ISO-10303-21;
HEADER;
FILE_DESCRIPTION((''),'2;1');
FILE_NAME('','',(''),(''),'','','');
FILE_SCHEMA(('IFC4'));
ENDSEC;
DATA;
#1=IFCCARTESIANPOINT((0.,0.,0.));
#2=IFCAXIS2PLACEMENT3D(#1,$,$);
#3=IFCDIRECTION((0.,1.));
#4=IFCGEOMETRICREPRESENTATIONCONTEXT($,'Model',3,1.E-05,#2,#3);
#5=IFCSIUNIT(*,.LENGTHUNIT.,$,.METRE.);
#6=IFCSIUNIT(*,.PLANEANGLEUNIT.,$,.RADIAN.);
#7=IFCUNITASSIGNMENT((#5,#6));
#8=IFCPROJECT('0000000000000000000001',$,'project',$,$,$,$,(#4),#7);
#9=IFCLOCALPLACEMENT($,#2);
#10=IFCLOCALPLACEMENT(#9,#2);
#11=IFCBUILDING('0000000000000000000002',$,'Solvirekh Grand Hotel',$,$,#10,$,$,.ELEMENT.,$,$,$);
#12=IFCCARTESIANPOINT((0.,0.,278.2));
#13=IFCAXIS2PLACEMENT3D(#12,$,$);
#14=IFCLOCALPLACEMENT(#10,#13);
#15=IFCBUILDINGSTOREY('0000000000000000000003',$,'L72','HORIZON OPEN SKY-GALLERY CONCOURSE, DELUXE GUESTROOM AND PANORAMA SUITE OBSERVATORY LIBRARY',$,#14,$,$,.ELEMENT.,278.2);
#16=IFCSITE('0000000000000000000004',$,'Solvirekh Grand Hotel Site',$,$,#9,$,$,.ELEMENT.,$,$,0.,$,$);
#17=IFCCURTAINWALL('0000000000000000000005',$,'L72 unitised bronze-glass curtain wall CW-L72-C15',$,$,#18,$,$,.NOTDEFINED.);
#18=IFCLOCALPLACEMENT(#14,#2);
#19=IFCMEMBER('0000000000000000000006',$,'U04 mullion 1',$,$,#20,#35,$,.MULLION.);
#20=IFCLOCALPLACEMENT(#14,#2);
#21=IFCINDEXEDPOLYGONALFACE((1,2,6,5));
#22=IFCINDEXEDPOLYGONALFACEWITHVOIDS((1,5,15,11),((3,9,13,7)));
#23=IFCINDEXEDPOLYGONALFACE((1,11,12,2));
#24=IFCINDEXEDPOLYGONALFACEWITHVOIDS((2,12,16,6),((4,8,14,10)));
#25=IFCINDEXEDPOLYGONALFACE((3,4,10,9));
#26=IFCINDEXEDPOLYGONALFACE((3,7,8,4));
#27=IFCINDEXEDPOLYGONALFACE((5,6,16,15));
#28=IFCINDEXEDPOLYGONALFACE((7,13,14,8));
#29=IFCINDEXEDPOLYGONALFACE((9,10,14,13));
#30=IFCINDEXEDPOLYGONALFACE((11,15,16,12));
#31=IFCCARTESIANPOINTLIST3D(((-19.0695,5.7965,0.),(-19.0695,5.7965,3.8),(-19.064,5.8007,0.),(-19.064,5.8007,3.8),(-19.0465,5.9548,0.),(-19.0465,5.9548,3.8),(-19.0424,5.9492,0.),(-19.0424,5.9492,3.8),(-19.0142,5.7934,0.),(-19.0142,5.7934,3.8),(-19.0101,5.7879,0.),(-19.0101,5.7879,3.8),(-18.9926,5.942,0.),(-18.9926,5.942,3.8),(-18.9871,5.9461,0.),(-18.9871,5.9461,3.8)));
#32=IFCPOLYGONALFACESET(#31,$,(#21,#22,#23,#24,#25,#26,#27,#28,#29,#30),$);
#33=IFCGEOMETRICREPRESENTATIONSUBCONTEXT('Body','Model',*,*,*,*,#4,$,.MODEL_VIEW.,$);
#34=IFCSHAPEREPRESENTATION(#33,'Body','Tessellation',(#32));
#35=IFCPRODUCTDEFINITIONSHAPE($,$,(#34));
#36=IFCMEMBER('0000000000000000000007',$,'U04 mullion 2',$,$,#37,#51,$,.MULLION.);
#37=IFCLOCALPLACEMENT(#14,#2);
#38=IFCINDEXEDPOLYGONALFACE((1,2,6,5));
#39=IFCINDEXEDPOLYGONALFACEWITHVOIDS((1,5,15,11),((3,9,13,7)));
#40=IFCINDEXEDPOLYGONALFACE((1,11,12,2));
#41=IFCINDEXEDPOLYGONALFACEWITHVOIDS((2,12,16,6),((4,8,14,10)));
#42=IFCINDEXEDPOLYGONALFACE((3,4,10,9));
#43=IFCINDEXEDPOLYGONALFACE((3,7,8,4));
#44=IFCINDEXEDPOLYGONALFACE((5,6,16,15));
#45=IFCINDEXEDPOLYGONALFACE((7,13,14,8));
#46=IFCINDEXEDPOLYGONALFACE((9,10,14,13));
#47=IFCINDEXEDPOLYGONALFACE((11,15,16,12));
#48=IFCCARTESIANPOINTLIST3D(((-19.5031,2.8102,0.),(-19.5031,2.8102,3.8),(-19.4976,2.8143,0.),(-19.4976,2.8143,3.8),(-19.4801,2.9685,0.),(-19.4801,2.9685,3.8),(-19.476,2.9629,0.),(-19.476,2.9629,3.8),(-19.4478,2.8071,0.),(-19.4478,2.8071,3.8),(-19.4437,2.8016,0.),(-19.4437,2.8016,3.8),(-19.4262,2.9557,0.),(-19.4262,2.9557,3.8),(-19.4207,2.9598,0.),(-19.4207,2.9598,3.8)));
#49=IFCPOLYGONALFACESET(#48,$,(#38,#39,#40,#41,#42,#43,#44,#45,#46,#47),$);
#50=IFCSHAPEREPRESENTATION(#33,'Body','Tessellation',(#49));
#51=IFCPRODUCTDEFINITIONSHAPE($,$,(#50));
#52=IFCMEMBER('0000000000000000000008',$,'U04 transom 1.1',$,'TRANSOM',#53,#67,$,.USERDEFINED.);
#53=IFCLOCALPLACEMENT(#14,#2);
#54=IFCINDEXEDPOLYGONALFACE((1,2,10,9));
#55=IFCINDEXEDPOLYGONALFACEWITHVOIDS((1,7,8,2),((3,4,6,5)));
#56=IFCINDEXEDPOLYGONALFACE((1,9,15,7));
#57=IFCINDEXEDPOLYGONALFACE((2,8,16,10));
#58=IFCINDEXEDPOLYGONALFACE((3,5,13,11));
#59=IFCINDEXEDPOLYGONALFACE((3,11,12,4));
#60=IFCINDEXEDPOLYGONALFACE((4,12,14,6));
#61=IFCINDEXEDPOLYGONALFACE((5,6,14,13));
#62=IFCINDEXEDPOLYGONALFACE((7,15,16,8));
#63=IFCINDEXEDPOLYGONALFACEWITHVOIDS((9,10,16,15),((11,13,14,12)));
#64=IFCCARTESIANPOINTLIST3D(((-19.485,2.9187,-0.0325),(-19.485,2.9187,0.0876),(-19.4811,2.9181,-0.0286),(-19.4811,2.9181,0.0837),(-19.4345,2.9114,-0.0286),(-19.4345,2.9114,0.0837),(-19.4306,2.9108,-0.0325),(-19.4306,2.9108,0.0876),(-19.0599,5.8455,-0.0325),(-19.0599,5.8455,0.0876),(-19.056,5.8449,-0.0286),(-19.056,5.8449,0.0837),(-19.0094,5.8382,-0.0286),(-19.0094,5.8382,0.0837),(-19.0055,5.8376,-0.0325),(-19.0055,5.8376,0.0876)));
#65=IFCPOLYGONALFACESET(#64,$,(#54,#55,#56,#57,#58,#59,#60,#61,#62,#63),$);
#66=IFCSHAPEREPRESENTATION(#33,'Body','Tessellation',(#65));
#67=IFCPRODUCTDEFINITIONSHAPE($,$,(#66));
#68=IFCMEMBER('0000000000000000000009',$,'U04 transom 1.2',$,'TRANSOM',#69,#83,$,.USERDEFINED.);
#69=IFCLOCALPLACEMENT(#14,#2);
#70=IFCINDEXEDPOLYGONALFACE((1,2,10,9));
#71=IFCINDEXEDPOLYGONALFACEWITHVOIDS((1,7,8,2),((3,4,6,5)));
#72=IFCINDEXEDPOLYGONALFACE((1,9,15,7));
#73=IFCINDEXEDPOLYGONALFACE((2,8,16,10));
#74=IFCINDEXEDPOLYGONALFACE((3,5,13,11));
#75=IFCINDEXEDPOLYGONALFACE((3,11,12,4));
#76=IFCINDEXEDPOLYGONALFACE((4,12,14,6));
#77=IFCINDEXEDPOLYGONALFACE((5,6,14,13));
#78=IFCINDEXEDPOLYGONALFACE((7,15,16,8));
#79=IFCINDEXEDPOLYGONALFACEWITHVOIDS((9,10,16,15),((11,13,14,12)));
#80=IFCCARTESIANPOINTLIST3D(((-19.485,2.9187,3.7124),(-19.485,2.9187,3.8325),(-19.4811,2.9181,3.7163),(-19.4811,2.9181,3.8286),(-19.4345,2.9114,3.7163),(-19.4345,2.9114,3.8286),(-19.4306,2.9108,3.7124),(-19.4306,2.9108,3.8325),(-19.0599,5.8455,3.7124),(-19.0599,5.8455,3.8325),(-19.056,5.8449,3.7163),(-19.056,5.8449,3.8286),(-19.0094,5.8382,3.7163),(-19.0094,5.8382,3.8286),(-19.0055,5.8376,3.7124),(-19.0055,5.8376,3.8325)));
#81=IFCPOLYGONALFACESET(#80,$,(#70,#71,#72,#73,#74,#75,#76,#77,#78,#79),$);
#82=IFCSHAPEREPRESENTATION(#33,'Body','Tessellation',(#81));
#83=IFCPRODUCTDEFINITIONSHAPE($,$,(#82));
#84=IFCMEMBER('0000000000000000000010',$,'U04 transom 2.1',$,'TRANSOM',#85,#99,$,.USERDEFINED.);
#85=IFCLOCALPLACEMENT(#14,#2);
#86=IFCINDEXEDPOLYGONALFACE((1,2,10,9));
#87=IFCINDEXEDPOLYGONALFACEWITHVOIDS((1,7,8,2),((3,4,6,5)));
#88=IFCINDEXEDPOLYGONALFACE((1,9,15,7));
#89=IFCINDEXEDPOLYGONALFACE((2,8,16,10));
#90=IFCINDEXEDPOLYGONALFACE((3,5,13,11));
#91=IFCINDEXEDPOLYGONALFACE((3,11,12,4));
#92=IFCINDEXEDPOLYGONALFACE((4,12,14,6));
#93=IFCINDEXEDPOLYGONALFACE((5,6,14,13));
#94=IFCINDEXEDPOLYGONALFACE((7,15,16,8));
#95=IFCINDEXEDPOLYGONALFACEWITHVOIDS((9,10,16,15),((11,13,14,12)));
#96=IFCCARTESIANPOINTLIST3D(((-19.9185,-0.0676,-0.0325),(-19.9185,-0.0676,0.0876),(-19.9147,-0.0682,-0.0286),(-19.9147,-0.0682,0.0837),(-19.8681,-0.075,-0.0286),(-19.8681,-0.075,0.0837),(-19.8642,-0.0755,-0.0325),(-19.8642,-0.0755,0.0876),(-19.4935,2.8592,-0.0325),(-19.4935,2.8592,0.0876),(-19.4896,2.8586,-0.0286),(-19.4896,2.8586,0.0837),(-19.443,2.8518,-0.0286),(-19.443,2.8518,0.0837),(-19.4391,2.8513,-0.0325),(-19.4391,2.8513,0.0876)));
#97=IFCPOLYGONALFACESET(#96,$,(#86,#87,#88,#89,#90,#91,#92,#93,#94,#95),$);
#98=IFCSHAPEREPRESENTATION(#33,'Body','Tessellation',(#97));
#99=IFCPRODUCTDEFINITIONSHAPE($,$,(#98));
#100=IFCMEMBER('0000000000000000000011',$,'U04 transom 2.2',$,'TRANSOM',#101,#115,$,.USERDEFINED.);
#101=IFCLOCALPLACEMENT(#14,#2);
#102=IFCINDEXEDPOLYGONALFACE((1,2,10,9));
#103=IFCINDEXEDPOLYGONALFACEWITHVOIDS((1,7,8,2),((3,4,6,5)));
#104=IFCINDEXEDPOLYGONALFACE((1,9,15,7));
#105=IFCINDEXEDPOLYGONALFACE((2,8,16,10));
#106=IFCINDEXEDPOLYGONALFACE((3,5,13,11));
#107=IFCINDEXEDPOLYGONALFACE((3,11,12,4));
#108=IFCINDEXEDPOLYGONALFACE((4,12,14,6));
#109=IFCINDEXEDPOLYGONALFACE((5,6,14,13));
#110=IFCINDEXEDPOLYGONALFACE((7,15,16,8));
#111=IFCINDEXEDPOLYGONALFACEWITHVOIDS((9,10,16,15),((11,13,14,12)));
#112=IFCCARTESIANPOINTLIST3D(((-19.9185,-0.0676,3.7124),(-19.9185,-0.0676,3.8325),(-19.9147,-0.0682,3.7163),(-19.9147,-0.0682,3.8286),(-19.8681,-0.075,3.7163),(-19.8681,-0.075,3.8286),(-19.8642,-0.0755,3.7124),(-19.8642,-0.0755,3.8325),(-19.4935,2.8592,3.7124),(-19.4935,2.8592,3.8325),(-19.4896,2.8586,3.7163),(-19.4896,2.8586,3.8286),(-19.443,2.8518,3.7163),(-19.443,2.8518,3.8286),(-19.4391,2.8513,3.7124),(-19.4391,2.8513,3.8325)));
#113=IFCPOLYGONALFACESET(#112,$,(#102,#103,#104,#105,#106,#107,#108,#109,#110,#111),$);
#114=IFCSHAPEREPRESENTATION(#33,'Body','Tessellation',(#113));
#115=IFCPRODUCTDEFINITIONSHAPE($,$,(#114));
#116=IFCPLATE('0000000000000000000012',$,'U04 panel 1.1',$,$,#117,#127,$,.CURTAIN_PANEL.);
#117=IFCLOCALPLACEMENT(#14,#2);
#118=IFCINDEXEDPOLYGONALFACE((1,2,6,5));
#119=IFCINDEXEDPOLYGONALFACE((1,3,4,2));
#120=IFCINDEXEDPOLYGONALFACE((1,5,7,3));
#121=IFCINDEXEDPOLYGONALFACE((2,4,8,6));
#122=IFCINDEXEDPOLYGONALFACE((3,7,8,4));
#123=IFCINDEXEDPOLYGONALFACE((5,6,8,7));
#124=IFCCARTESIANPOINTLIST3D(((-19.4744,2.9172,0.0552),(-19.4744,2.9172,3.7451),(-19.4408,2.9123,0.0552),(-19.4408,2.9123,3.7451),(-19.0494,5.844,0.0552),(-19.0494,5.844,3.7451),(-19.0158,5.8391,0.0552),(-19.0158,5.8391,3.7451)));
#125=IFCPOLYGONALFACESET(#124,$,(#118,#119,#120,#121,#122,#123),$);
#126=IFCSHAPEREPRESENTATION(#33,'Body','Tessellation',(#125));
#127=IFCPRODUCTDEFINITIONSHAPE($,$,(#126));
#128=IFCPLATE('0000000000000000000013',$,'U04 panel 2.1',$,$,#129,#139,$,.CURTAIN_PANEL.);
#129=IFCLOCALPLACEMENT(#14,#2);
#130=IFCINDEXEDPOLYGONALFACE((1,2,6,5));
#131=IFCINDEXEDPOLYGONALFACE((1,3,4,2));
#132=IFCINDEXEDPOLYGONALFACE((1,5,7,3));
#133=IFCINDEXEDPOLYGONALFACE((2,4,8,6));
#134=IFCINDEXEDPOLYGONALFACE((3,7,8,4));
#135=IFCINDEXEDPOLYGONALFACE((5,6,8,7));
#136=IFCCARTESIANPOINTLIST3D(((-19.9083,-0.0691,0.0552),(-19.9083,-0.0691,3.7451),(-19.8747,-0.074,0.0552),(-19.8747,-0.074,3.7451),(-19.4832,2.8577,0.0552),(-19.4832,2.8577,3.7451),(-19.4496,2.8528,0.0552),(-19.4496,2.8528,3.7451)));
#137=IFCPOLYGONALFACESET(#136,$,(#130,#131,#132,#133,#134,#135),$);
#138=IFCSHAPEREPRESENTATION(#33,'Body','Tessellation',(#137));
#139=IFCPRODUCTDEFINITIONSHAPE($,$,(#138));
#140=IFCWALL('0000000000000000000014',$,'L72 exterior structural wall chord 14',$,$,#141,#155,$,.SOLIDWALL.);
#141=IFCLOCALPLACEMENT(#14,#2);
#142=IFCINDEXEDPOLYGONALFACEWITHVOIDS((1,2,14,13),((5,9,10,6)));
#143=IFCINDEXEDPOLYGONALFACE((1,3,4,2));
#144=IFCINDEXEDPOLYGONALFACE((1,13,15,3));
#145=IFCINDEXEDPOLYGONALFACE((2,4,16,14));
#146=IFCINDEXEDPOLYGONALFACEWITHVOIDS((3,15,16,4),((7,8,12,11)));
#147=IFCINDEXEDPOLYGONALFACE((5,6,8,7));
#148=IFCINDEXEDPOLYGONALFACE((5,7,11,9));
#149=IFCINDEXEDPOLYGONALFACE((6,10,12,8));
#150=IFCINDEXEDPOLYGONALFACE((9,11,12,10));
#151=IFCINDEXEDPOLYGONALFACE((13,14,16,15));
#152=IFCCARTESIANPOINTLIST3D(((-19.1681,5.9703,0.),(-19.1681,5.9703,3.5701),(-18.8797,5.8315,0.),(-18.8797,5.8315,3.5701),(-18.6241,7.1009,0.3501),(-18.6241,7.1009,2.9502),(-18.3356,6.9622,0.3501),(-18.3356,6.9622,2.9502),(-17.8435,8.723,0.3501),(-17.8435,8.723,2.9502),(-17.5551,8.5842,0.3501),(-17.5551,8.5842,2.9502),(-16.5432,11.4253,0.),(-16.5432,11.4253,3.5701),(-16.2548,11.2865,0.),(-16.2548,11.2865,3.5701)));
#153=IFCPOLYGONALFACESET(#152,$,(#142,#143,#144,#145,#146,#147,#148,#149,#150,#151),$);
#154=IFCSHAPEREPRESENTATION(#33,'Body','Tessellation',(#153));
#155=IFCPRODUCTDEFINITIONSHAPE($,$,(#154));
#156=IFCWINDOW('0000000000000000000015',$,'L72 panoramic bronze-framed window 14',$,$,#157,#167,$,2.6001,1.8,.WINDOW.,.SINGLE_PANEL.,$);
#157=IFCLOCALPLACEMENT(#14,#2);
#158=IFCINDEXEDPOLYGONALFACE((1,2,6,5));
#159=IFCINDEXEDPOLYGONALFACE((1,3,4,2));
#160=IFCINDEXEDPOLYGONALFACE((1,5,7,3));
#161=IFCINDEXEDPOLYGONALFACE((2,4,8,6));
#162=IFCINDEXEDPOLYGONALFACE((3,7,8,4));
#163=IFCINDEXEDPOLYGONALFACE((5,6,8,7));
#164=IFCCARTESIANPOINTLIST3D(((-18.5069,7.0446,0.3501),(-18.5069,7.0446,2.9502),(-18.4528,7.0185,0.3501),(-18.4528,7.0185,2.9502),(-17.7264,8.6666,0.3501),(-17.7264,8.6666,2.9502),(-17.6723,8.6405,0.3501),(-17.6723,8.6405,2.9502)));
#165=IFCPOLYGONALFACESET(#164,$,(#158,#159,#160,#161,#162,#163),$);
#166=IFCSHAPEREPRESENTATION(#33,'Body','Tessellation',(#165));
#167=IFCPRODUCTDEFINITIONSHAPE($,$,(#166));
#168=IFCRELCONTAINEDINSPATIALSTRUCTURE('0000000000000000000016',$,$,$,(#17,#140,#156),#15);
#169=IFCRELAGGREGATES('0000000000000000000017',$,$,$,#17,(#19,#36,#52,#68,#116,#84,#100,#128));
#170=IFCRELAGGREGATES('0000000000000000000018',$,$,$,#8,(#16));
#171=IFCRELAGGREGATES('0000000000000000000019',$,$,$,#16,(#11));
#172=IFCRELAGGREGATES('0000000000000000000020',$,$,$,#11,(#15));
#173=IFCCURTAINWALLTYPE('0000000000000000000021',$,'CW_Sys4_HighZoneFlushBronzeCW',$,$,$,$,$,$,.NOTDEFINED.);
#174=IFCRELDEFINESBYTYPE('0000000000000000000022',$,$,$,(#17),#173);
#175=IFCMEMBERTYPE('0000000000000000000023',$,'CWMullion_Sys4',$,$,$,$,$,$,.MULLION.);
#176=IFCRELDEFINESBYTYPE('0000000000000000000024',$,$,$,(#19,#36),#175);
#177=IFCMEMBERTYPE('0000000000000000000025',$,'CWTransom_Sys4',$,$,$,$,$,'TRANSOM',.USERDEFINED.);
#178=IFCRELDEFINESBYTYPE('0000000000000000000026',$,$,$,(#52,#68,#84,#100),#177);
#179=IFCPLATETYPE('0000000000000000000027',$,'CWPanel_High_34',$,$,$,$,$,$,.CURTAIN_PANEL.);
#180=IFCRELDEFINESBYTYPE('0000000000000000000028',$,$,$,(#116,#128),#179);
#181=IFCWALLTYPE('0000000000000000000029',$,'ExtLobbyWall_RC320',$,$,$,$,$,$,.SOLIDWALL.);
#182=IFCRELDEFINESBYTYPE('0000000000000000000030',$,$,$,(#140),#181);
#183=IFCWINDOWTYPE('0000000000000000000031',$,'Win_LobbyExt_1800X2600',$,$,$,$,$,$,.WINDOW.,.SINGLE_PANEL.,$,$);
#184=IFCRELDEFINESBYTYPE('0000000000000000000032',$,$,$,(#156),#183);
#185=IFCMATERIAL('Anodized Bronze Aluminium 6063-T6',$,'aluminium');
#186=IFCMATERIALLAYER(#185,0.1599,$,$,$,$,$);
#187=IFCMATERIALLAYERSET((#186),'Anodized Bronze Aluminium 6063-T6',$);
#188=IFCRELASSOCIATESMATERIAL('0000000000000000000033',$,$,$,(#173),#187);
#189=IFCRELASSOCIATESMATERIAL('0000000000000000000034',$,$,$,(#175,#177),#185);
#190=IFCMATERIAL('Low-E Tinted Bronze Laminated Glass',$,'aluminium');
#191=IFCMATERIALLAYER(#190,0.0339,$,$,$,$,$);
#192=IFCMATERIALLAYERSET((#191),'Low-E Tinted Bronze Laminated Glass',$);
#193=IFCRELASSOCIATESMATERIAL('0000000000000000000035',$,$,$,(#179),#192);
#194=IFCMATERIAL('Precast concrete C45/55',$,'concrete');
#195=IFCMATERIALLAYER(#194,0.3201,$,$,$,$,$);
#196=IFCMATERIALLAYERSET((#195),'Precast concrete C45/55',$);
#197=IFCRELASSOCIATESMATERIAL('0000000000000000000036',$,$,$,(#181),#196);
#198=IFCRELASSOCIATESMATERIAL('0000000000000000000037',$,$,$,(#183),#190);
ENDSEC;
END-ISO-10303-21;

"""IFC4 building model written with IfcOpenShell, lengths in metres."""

from ifc_helpers import new_model, si_unit, direction, frame, frame_2d, origin, origin_2d, place, context, subcontext, project, spatial, rectangle, hollow_rectangle, extrude, source, transform, mapped, material, layer, layer_set, material_profile, profile_set, type_object, element, fill, aggregate, save


model = new_model("IFC4")

# Units and contexts
model_context = context("Model", 3, precision=1e-05, world=origin(), true_north=direction((0.0, 1.0)))
body_context = subcontext(model_context, "Body", "Model", "MODEL_VIEW")
ifc_project = project(units=[si_unit("LENGTHUNIT", "METRE"), si_unit("PLANEANGLEUNIT", "RADIAN")], contexts=[model_context])

# Site, building, storey
site_placement = place(None, origin())
site = spatial("IfcSite", under=ifc_project, at=site_placement, Name="Solvirekh Grand Hotel Site", CompositionType="ELEMENT", RefElevation=0.0)
building_placement = place(site_placement, origin())
building = spatial("IfcBuilding", under=site, at=building_placement, Name="Solvirekh Grand Hotel", CompositionType="ELEMENT")
storey_placement = place(building_placement, frame((0.0, 0.0, 278.2)))
storey = spatial("IfcBuildingStorey", under=building, at=storey_placement, Name="L72", Description="HORIZON OPEN SKY-GALLERY CONCOURSE, DELUXE GUESTROOM AND PANORAMA SUITE OBSERVATORY LIBRARY", CompositionType="ELEMENT", Elevation=278.2)

# Curtain wall, members, plates
ifc_material_1 = material(Name="Anodized Bronze Aluminium 6063-T6", Category="aluminium")
ifc_layer_1 = layer(ifc_material_1, 0.1599)
ifc_layer_set_1 = layer_set([ifc_layer_1], Name="Anodized Bronze Aluminium 6063-T6")
curtain_wall_type = type_object("IfcCurtainWallType", Name="CW_Sys4_HighZoneFlushBronzeCW", PredefinedType="NOTDEFINED", material=ifc_layer_set_1)
curtain_wall_placement = place(storey_placement, origin())
curtain_wall = element("IfcCurtainWall", 1, at=curtain_wall_placement, inside=storey, type_object=curtain_wall_type, Name="L72 unitised bronze-glass curtain wall CW-L72-C15", PredefinedType="NOTDEFINED")
ifc_material_profile_1 = material_profile(ifc_material_1, hollow_rectangle(XDim=0.0601, YDim=0.1599, WallThickness=0.0049, at=origin_2d()), Name="ALU RHS 160X60X5")
ifc_profile_set_1 = profile_set([ifc_material_profile_1], Name="Anodized Bronze Aluminium 6063-T6")
member_type_1 = type_object("IfcMemberType", Name="CWMullion_Sys4", PredefinedType="MULLION", material=ifc_profile_set_1)
shared_shape_1 = source(origin(), body_context, "Body", "SweptSolid", [
    extrude(hollow_rectangle(XDim=0.0601, YDim=0.1599, WallThickness=0.0049, at=origin_2d()), origin(), (0.0, 0.0, 1.0), 3.8),
])
member_1_placement = place(storey_placement, frame((-19.0283, 5.8713, 0.0), z_axis=(0.0, 0.0, 1.0), x_axis=(0.989619, -0.143718, 0.0)))
member_1 = element("IfcMember", 2, at=member_1_placement, type_object=member_type_1, Name="U04 mullion 1", PredefinedType="MULLION", context=body_context, shape_type="MappedRepresentation", body=[
    mapped(shared_shape_1, transform((0.0, 0.0, 0.0), x_axis=(1.0, 0.0, 0.0), y_axis=(0.0, 1.0, 0.0), z_axis=(0.0, 0.0, 1.0), scale=1.0)),
])
member_2_placement = place(storey_placement, frame((-19.4619, 2.885, 0.0), z_axis=(0.0, 0.0, 1.0), x_axis=(0.989619, -0.143718, 0.0)))
member_2 = element("IfcMember", 3, at=member_2_placement, type_object=member_type_1, Name="U04 mullion 2", PredefinedType="MULLION", context=body_context, shape_type="MappedRepresentation", body=[
    mapped(shared_shape_1, transform((0.0, 0.0, 0.0), x_axis=(1.0, 0.0, 0.0), y_axis=(0.0, 1.0, 0.0), z_axis=(0.0, 0.0, 1.0), scale=1.0)),
])
ifc_material_profile_2 = material_profile(ifc_material_1, hollow_rectangle(XDim=0.0549, YDim=0.1201, WallThickness=0.0039, at=origin_2d()), Name="ALU RHS 120X55X4")
ifc_profile_set_2 = profile_set([ifc_material_profile_2], Name="Anodized Bronze Aluminium 6063-T6")
member_type_2 = type_object("IfcMemberType", Name="CWTransom_Sys4", ElementType="TRANSOM", PredefinedType="USERDEFINED", material=ifc_profile_set_2)
shared_shape_2 = source(origin(), body_context, "Body", "SweptSolid", [
    extrude(hollow_rectangle(XDim=0.0549, YDim=0.1201, WallThickness=0.0039, at=origin_2d()), origin(), (0.0, 0.0, 1.0), 2.9575),
])
member_3_placement = place(storey_placement, frame((-19.0327, 5.8416, 0.0276), z_axis=(-0.143721, -0.989618, 0.0), x_axis=(0.989618, -0.143721, 0.0)))
member_3 = element("IfcMember", 4, at=member_3_placement, type_object=member_type_2, Name="U04 transom 1.1", ObjectType="TRANSOM", PredefinedType="USERDEFINED", context=body_context, shape_type="MappedRepresentation", body=[
    mapped(shared_shape_2, transform((0.0, 0.0, 0.0), x_axis=(1.0, 0.0, 0.0), y_axis=(0.0, 1.0, 0.0), z_axis=(0.0, 0.0, 1.0), scale=1.0)),
])
member_4_placement = place(storey_placement, frame((-19.0327, 5.8416, 3.7725), z_axis=(-0.143721, -0.989618, 0.0), x_axis=(0.989618, -0.143721, 0.0)))
member_4 = element("IfcMember", 5, at=member_4_placement, type_object=member_type_2, Name="U04 transom 1.2", ObjectType="TRANSOM", PredefinedType="USERDEFINED", context=body_context, shape_type="MappedRepresentation", body=[
    mapped(shared_shape_2, transform((0.0, 0.0, 0.0), x_axis=(1.0, 0.0, 0.0), y_axis=(0.0, 1.0, 0.0), z_axis=(0.0, 0.0, 1.0), scale=1.0)),
])
member_5_placement = place(storey_placement, frame((-19.4663, 2.8552, 0.0276), z_axis=(-0.143721, -0.989618, 0.0), x_axis=(0.989618, -0.143721, 0.0)))
member_5 = element("IfcMember", 6, at=member_5_placement, type_object=member_type_2, Name="U04 transom 2.1", ObjectType="TRANSOM", PredefinedType="USERDEFINED", context=body_context, shape_type="MappedRepresentation", body=[
    mapped(shared_shape_2, transform((0.0, 0.0, 0.0), x_axis=(1.0, 0.0, 0.0), y_axis=(0.0, 1.0, 0.0), z_axis=(0.0, 0.0, 1.0), scale=1.0)),
])
member_6_placement = place(storey_placement, frame((-19.4663, 2.8552, 3.7725), z_axis=(-0.143721, -0.989618, 0.0), x_axis=(0.989618, -0.143721, 0.0)))
member_6 = element("IfcMember", 7, at=member_6_placement, type_object=member_type_2, Name="U04 transom 2.2", ObjectType="TRANSOM", PredefinedType="USERDEFINED", context=body_context, shape_type="MappedRepresentation", body=[
    mapped(shared_shape_2, transform((0.0, 0.0, 0.0), x_axis=(1.0, 0.0, 0.0), y_axis=(0.0, 1.0, 0.0), z_axis=(0.0, 0.0, 1.0), scale=1.0)),
])
ifc_material_2 = material(Name="Low-E Tinted Bronze Laminated Glass", Category="aluminium")
ifc_layer_2 = layer(ifc_material_2, 0.0339)
ifc_layer_set_2 = layer_set([ifc_layer_2], Name="Low-E Tinted Bronze Laminated Glass")
plate_type = type_object("IfcPlateType", Name="CWPanel_High_34", PredefinedType="CURTAIN_PANEL", material=ifc_layer_set_2)
shared_shape_3 = source(origin(), body_context, "Body", "SweptSolid", [
    extrude(rectangle(XDim=2.9575, YDim=0.0339, at=origin_2d()), origin(), (0.0, 0.0, 1.0), 3.6899),
])
plate_1_placement = place(storey_placement, frame((-19.2451, 4.3782, 0.0552), z_axis=(0.0, 0.0, 1.0), x_axis=(-0.143718, -0.989619, 0.0)))
plate_1 = element("IfcPlate", 8, at=plate_1_placement, type_object=plate_type, Name="U04 panel 1.1", PredefinedType="CURTAIN_PANEL", context=body_context, shape_type="MappedRepresentation", body=[
    mapped(shared_shape_3, transform((0.0, 0.0, 0.0), x_axis=(1.0, 0.0, 0.0), y_axis=(0.0, 1.0, 0.0), z_axis=(0.0, 0.0, 1.0), scale=1.0)),
])
plate_2_placement = place(storey_placement, frame((-19.679, 1.3918, 0.0552), z_axis=(0.0, 0.0, 1.0), x_axis=(-0.143718, -0.989619, 0.0)))
plate_2 = element("IfcPlate", 9, at=plate_2_placement, type_object=plate_type, Name="U04 panel 2.1", PredefinedType="CURTAIN_PANEL", context=body_context, shape_type="MappedRepresentation", body=[
    mapped(shared_shape_3, transform((0.0, 0.0, 0.0), x_axis=(1.0, 0.0, 0.0), y_axis=(0.0, 1.0, 0.0), z_axis=(0.0, 0.0, 1.0), scale=1.0)),
])
aggregate(curtain_wall, [member_1, member_2, member_3, member_4, plate_1, member_5, member_6, plate_2])

# Wall, opening, window
ifc_material_3 = material(Name="Precast concrete C45/55", Category="concrete")
ifc_layer_3 = layer(ifc_material_3, 0.3201)
ifc_layer_set_3 = layer_set([ifc_layer_3], Name="Precast concrete C45/55")
wall_type_1 = type_object("IfcWallType", Name="ExtLobbyWall_RC320", PredefinedType="SOLIDWALL", material=ifc_layer_set_3)
wall_1_placement = place(storey_placement, frame((-19.0239, 5.9009, 0.0), z_axis=(0.0, 0.0, 1.0), x_axis=(0.433612, 0.9011, 0.0)))
wall_1 = element("IfcWall", 10, at=wall_1_placement, inside=storey, type_object=wall_type_1, Name="L72 exterior structural wall chord 14", PredefinedType="SOLIDWALL", context=body_context, shape_type="SweptSolid", body=[
    extrude(rectangle(XDim=6.0537, YDim=0.3201, at=frame_2d((3.0269, 0.0))), origin(), (0.0, 0.0, 1.0), 3.5701),
])
opening_1_placement = place(wall_1_placement, frame((1.2549, 0.0, 0.3501)))
opening_1 = element("IfcOpeningElement", 11, at=opening_1_placement, cuts=wall_1, PredefinedType="OPENING", context=body_context, shape_type="SweptSolid", body=[
    extrude(rectangle(XDim=1.8, YDim=2.6001, at=frame_2d((0.8999, 1.3))), frame((0.0, 0.1699, 0.0), z_axis=(0.0, -1.0, 0.0), x_axis=(1.0, 0.0, 0.0)), (0.0, 0.0, 1.0), 0.3401),
])
window_type = type_object("IfcWindowType", Name="Win_LobbyExt_1800X2600", PartitioningType="SINGLE_PANEL", PredefinedType="WINDOW", material=ifc_material_2)
window_placement = place(opening_1_placement, origin())
window = element("IfcWindow", 12, at=window_placement, inside=storey, type_object=window_type, Name="L72 panoramic bronze-framed window 14", OverallHeight=2.6001, OverallWidth=1.8, PartitioningType="SINGLE_PANEL", PredefinedType="WINDOW", context=body_context, shape_type="SweptSolid", body=[
    extrude(rectangle(XDim=1.8, YDim=2.6001, at=frame_2d((0.8999, 1.3))), frame((0.0, 0.03, 0.0), z_axis=(0.0, -1.0, 0.0), x_axis=(1.0, 0.0, 0.0)), (0.0, 0.0, 1.0), 0.0601),
])
fill(opening_1, window)

save(model, "model.ifc")
